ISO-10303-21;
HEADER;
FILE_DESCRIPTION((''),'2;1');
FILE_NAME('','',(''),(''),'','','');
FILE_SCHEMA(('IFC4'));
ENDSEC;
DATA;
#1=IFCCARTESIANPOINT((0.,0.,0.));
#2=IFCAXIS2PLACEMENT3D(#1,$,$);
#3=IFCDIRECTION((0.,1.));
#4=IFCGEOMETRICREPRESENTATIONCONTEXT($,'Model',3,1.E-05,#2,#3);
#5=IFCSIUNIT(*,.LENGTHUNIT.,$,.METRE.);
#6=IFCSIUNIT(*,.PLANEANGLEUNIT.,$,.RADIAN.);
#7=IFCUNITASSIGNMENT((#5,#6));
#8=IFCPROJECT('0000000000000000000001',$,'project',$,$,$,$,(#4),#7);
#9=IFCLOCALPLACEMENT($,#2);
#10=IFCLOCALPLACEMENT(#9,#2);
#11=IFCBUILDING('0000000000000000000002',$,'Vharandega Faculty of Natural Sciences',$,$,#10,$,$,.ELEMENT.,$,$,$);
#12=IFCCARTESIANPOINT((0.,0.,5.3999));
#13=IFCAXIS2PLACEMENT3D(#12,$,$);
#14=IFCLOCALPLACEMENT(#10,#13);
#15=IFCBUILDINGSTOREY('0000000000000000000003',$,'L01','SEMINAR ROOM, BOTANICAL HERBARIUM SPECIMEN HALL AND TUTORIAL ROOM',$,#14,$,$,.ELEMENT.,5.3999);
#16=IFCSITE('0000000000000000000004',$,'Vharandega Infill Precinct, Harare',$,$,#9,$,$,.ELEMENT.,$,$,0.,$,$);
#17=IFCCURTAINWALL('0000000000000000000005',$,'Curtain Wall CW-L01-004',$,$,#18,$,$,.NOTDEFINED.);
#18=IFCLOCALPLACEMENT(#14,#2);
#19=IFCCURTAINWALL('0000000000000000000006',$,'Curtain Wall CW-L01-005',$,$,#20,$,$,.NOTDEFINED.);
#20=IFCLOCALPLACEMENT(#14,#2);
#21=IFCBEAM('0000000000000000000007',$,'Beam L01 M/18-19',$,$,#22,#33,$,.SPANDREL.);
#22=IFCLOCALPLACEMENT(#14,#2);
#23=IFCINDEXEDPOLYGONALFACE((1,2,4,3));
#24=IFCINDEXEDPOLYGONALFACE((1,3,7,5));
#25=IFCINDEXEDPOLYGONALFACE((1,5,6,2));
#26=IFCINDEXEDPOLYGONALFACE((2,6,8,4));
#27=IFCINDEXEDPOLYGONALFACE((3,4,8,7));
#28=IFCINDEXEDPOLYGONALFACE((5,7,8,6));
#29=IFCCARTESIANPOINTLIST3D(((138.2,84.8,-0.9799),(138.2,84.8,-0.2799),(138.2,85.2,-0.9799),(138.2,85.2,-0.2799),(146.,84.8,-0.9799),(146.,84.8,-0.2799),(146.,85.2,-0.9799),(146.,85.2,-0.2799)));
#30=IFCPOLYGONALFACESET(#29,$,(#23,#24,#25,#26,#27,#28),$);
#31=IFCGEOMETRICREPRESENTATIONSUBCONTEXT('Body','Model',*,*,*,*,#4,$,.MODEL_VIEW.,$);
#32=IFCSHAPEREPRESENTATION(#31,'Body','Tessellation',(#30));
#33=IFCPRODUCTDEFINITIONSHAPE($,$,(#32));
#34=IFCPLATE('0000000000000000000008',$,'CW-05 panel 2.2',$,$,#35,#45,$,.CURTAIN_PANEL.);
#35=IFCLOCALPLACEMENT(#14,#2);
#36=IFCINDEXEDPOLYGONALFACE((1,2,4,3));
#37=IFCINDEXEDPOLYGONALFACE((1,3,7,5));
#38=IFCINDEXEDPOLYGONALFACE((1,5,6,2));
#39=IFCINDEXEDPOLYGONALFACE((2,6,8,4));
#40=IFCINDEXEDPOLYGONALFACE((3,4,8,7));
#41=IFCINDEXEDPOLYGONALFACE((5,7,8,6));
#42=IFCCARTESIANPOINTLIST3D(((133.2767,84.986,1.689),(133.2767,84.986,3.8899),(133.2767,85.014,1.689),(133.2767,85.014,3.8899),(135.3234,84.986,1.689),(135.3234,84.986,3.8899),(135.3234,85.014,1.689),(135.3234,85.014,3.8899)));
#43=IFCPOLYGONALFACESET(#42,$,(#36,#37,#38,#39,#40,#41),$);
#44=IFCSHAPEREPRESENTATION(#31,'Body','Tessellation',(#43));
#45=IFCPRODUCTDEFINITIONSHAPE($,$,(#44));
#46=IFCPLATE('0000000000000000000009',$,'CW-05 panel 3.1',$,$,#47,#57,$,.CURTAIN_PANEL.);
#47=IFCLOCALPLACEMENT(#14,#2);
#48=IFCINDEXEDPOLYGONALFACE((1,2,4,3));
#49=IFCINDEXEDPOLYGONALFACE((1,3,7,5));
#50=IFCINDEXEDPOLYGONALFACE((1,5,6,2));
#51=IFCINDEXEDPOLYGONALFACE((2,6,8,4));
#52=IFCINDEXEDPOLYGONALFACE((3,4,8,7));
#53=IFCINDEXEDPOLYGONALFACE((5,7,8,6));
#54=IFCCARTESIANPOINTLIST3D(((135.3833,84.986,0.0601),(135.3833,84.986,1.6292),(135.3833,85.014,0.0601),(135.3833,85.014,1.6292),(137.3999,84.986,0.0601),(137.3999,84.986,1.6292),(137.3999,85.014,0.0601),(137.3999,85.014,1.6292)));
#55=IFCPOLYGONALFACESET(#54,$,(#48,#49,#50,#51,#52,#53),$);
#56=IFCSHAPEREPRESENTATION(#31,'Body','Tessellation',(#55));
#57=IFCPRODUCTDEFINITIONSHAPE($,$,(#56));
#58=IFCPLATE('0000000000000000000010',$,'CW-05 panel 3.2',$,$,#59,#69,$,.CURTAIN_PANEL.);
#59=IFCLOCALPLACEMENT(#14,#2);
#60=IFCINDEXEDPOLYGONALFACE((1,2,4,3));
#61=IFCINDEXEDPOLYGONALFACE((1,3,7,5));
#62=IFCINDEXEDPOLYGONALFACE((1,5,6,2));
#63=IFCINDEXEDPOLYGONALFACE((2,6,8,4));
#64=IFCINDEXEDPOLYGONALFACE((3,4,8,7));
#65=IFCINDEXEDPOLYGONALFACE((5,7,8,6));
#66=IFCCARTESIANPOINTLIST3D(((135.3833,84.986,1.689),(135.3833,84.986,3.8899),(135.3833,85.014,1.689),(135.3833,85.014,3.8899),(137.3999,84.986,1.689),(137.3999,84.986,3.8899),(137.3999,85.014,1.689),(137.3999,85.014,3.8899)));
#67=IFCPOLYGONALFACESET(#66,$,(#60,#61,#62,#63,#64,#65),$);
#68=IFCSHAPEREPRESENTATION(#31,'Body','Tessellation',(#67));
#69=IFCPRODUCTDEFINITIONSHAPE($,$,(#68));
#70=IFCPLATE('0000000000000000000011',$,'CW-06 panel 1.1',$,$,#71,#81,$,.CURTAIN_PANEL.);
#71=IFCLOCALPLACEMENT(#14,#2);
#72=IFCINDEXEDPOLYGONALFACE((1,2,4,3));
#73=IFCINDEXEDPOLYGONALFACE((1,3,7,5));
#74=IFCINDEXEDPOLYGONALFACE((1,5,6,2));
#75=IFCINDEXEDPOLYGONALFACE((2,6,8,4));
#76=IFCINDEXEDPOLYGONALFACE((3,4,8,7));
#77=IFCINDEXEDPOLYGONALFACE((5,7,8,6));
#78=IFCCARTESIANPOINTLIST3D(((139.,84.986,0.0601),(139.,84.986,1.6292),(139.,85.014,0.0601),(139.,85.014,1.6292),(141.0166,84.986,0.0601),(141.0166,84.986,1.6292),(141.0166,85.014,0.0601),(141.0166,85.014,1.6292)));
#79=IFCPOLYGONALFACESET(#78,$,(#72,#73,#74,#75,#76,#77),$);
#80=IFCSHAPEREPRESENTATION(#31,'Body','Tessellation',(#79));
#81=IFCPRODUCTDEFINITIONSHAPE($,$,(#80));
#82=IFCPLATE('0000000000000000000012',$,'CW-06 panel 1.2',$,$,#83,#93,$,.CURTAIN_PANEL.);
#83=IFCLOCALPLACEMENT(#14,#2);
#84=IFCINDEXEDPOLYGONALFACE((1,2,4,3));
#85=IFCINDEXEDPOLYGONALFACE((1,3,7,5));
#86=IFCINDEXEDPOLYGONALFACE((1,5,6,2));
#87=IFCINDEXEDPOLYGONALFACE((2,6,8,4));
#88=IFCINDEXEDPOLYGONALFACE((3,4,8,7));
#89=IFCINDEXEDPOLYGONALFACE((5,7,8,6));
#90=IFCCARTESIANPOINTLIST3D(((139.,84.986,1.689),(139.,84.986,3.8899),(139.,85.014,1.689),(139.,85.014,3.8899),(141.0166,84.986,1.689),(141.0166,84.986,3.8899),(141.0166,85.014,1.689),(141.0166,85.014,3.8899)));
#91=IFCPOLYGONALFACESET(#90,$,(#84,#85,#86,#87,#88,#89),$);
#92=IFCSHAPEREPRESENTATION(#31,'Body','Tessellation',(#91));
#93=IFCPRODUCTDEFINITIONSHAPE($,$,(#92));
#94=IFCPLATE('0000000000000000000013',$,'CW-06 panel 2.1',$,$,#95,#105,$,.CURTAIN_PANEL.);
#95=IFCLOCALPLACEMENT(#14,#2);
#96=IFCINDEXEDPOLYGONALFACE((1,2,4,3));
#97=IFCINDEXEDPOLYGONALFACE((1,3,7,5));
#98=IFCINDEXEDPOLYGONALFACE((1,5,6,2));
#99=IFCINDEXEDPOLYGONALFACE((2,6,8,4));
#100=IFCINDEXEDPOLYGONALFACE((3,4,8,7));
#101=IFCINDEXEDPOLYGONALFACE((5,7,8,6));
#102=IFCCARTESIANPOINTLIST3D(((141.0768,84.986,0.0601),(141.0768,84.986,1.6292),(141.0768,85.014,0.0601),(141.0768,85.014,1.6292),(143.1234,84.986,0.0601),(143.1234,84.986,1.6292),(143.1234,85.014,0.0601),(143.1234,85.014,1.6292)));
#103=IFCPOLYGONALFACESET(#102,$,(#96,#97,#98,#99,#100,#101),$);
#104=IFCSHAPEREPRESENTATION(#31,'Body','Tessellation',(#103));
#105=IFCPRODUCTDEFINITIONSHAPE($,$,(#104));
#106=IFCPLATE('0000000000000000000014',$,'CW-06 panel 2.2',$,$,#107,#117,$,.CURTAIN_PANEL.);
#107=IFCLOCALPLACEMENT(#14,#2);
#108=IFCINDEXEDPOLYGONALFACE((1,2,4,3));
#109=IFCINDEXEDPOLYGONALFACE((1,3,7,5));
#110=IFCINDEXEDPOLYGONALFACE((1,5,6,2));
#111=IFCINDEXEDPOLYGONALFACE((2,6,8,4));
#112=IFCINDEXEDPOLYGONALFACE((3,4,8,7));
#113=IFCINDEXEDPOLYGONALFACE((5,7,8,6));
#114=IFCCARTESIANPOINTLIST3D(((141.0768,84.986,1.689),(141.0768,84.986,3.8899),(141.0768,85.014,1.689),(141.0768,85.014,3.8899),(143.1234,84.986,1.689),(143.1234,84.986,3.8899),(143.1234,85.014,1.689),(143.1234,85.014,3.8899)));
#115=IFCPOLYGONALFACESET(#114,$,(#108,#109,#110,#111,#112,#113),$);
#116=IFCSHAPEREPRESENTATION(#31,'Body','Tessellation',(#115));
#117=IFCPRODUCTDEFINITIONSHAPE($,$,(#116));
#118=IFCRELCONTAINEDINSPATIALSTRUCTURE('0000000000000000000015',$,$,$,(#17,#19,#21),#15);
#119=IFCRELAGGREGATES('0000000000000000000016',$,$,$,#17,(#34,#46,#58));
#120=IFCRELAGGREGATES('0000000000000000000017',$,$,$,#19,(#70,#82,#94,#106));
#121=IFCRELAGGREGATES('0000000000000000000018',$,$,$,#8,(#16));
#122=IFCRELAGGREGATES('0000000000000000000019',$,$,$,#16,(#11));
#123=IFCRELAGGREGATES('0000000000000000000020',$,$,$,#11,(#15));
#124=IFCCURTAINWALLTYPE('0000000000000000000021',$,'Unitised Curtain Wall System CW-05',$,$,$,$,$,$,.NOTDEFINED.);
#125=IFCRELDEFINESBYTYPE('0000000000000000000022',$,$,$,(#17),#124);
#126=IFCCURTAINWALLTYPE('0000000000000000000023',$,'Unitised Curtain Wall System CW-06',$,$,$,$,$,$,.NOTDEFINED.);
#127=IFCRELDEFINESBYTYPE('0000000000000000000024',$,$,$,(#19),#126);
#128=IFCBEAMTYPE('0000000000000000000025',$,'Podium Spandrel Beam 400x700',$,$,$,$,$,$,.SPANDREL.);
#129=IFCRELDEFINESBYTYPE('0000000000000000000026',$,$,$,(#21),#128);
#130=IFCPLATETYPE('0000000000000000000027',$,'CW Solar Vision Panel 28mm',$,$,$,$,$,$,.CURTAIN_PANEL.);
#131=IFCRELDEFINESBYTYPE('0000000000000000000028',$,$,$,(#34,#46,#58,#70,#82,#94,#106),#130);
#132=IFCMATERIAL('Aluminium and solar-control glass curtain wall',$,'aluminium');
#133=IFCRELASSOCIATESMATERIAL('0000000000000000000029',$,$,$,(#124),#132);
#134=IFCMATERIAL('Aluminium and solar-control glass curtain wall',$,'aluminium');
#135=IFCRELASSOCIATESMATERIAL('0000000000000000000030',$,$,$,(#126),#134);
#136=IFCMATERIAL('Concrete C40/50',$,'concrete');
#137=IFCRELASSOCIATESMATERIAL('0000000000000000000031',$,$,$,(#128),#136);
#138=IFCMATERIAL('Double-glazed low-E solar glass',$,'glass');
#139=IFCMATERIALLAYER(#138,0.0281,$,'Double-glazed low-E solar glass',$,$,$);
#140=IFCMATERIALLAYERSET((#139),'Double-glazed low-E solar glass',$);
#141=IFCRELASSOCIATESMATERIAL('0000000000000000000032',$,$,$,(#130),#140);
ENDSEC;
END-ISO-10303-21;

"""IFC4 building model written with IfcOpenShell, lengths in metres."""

from ifc_helpers import new_model, si_unit, direction, frame, origin, origin_2d, place, context, subcontext, project, spatial, rectangle, extrude, material, layer, layer_set, material_profile, profile_set, type_object, element, aggregate, save


model = new_model("IFC4")

# Units and contexts
model_context = context("Model", 3, precision=1e-05, world=origin(), true_north=direction((0.0, 1.0)))
body_context = subcontext(model_context, "Body", "Model", "MODEL_VIEW")
ifc_project = project(units=[si_unit("LENGTHUNIT", "METRE"), si_unit("PLANEANGLEUNIT", "RADIAN")], contexts=[model_context])

# Site, building, storey
site_placement = place(None, origin())
site = spatial("IfcSite", under=ifc_project, at=site_placement, Name="Vharandega Infill Precinct, Harare", CompositionType="ELEMENT", RefElevation=0.0)
building_placement = place(site_placement, origin())
building = spatial("IfcBuilding", under=site, at=building_placement, Name="Vharandega Faculty of Natural Sciences", CompositionType="ELEMENT")
storey_placement = place(building_placement, frame((0.0, 0.0, 5.3999)))
storey = spatial("IfcBuildingStorey", under=building, at=storey_placement, Name="L01", Description="SEMINAR ROOM, BOTANICAL HERBARIUM SPECIMEN HALL AND TUTORIAL ROOM", CompositionType="ELEMENT", Elevation=5.3999)

# Curtain walls
ifc_material_1 = material(Name="Aluminium and solar-control glass curtain wall", Category="aluminium")
curtain_wall_type_1 = type_object("IfcCurtainWallType", Name="Unitised Curtain Wall System CW-05", PredefinedType="NOTDEFINED", material=ifc_material_1)
curtain_wall_1_placement = place(storey_placement, origin())
curtain_wall_1 = element("IfcCurtainWall", 1, at=curtain_wall_1_placement, inside=storey, type_object=curtain_wall_type_1, Name="Curtain Wall CW-L01-004", PredefinedType="NOTDEFINED")
ifc_material_2 = material(Name="Aluminium and solar-control glass curtain wall", Category="aluminium")
curtain_wall_type_2 = type_object("IfcCurtainWallType", Name="Unitised Curtain Wall System CW-06", PredefinedType="NOTDEFINED", material=ifc_material_2)
curtain_wall_2_placement = place(storey_placement, origin())
curtain_wall_2 = element("IfcCurtainWall", 2, at=curtain_wall_2_placement, inside=storey, type_object=curtain_wall_type_2, Name="Curtain Wall CW-L01-005", PredefinedType="NOTDEFINED")

# Beam
ifc_material_3 = material(Name="Concrete C40/50", Category="concrete")
ifc_material_profile_1 = material_profile(ifc_material_3, rectangle(XDim=0.3999, YDim=0.7, at=origin_2d()), Name="RC 400x700")
ifc_profile_set_1 = profile_set([ifc_material_profile_1], Name="Concrete C40/50")
beam_type = type_object("IfcBeamType", Name="Podium Spandrel Beam 400x700", PredefinedType="SPANDREL", material=ifc_profile_set_1)
beam_placement = place(storey_placement, frame((138.2, 85.0, -0.6299), z_axis=(1.0, 0.0, 0.0), x_axis=(0.0, 1.0, 0.0)))
element("IfcBeam", 3, at=beam_placement, inside=storey, type_object=beam_type, Name="Beam L01 M/18-19", PredefinedType="SPANDREL", context=body_context, shape_type="SweptSolid", body=[
    extrude(rectangle(XDim=0.3999, YDim=0.7, at=origin_2d()), origin(), (0.0, 0.0, 1.0), 7.8),
])

# Plates
ifc_material_4 = material(Name="Double-glazed low-E solar glass", Category="glass")
ifc_layer = layer(ifc_material_4, 0.0281, Name="Double-glazed low-E solar glass")
ifc_layer_set = layer_set([ifc_layer], Name="Double-glazed low-E solar glass")
plate_type = type_object("IfcPlateType", Name="CW Solar Vision Panel 28mm", PredefinedType="CURTAIN_PANEL", material=ifc_layer_set)
plate_1_placement = place(storey_placement, frame((134.3, 85.0, 1.689), z_axis=(0.0, 0.0, 1.0), x_axis=(1.0, 0.0, 0.0)))
plate_1 = element("IfcPlate", 4, at=plate_1_placement, type_object=plate_type, Name="CW-05 panel 2.2", PredefinedType="CURTAIN_PANEL", context=body_context, shape_type="SweptSolid", body=[
    extrude(rectangle(XDim=2.0466, YDim=0.0281, at=origin_2d()), origin(), (0.0, 0.0, 1.0), 2.2009),
])
plate_2_placement = place(storey_placement, frame((136.3916, 85.0, 0.0601), z_axis=(0.0, 0.0, 1.0), x_axis=(1.0, 0.0, 0.0)))
plate_2 = element("IfcPlate", 5, at=plate_2_placement, type_object=plate_type, Name="CW-05 panel 3.1", PredefinedType="CURTAIN_PANEL", context=body_context, shape_type="SweptSolid", body=[
    extrude(rectangle(XDim=2.0166, YDim=0.0281, at=origin_2d()), origin(), (0.0, 0.0, 1.0), 1.5691),
])
plate_3_placement = place(storey_placement, frame((136.3916, 85.0, 1.689), z_axis=(0.0, 0.0, 1.0), x_axis=(1.0, 0.0, 0.0)))
plate_3 = element("IfcPlate", 6, at=plate_3_placement, type_object=plate_type, Name="CW-05 panel 3.2", PredefinedType="CURTAIN_PANEL", context=body_context, shape_type="SweptSolid", body=[
    extrude(rectangle(XDim=2.0166, YDim=0.0281, at=origin_2d()), origin(), (0.0, 0.0, 1.0), 2.2009),
])
aggregate(curtain_wall_1, [plate_1, plate_2, plate_3])
plate_4_placement = place(storey_placement, frame((140.0083, 85.0, 0.0601), z_axis=(0.0, 0.0, 1.0), x_axis=(1.0, 0.0, 0.0)))
plate_4 = element("IfcPlate", 7, at=plate_4_placement, type_object=plate_type, Name="CW-06 panel 1.1", PredefinedType="CURTAIN_PANEL", context=body_context, shape_type="SweptSolid", body=[
    extrude(rectangle(XDim=2.0166, YDim=0.0281, at=origin_2d()), origin(), (0.0, 0.0, 1.0), 1.5691),
])
plate_5_placement = place(storey_placement, frame((140.0083, 85.0, 1.689), z_axis=(0.0, 0.0, 1.0), x_axis=(1.0, 0.0, 0.0)))
plate_5 = element("IfcPlate", 8, at=plate_5_placement, type_object=plate_type, Name="CW-06 panel 1.2", PredefinedType="CURTAIN_PANEL", context=body_context, shape_type="SweptSolid", body=[
    extrude(rectangle(XDim=2.0166, YDim=0.0281, at=origin_2d()), origin(), (0.0, 0.0, 1.0), 2.2009),
])
plate_6_placement = place(storey_placement, frame((142.1001, 85.0, 0.0601), z_axis=(0.0, 0.0, 1.0), x_axis=(1.0, 0.0, 0.0)))
plate_6 = element("IfcPlate", 9, at=plate_6_placement, type_object=plate_type, Name="CW-06 panel 2.1", PredefinedType="CURTAIN_PANEL", context=body_context, shape_type="SweptSolid", body=[
    extrude(rectangle(XDim=2.0466, YDim=0.0281, at=origin_2d()), origin(), (0.0, 0.0, 1.0), 1.5691),
])
plate_7_placement = place(storey_placement, frame((142.1001, 85.0, 1.689), z_axis=(0.0, 0.0, 1.0), x_axis=(1.0, 0.0, 0.0)))
plate_7 = element("IfcPlate", 10, at=plate_7_placement, type_object=plate_type, Name="CW-06 panel 2.2", PredefinedType="CURTAIN_PANEL", context=body_context, shape_type="SweptSolid", body=[
    extrude(rectangle(XDim=2.0466, YDim=0.0281, at=origin_2d()), origin(), (0.0, 0.0, 1.0), 2.2009),
])
aggregate(curtain_wall_2, [plate_4, plate_5, plate_6, plate_7])

save(model, "model.ifc")
